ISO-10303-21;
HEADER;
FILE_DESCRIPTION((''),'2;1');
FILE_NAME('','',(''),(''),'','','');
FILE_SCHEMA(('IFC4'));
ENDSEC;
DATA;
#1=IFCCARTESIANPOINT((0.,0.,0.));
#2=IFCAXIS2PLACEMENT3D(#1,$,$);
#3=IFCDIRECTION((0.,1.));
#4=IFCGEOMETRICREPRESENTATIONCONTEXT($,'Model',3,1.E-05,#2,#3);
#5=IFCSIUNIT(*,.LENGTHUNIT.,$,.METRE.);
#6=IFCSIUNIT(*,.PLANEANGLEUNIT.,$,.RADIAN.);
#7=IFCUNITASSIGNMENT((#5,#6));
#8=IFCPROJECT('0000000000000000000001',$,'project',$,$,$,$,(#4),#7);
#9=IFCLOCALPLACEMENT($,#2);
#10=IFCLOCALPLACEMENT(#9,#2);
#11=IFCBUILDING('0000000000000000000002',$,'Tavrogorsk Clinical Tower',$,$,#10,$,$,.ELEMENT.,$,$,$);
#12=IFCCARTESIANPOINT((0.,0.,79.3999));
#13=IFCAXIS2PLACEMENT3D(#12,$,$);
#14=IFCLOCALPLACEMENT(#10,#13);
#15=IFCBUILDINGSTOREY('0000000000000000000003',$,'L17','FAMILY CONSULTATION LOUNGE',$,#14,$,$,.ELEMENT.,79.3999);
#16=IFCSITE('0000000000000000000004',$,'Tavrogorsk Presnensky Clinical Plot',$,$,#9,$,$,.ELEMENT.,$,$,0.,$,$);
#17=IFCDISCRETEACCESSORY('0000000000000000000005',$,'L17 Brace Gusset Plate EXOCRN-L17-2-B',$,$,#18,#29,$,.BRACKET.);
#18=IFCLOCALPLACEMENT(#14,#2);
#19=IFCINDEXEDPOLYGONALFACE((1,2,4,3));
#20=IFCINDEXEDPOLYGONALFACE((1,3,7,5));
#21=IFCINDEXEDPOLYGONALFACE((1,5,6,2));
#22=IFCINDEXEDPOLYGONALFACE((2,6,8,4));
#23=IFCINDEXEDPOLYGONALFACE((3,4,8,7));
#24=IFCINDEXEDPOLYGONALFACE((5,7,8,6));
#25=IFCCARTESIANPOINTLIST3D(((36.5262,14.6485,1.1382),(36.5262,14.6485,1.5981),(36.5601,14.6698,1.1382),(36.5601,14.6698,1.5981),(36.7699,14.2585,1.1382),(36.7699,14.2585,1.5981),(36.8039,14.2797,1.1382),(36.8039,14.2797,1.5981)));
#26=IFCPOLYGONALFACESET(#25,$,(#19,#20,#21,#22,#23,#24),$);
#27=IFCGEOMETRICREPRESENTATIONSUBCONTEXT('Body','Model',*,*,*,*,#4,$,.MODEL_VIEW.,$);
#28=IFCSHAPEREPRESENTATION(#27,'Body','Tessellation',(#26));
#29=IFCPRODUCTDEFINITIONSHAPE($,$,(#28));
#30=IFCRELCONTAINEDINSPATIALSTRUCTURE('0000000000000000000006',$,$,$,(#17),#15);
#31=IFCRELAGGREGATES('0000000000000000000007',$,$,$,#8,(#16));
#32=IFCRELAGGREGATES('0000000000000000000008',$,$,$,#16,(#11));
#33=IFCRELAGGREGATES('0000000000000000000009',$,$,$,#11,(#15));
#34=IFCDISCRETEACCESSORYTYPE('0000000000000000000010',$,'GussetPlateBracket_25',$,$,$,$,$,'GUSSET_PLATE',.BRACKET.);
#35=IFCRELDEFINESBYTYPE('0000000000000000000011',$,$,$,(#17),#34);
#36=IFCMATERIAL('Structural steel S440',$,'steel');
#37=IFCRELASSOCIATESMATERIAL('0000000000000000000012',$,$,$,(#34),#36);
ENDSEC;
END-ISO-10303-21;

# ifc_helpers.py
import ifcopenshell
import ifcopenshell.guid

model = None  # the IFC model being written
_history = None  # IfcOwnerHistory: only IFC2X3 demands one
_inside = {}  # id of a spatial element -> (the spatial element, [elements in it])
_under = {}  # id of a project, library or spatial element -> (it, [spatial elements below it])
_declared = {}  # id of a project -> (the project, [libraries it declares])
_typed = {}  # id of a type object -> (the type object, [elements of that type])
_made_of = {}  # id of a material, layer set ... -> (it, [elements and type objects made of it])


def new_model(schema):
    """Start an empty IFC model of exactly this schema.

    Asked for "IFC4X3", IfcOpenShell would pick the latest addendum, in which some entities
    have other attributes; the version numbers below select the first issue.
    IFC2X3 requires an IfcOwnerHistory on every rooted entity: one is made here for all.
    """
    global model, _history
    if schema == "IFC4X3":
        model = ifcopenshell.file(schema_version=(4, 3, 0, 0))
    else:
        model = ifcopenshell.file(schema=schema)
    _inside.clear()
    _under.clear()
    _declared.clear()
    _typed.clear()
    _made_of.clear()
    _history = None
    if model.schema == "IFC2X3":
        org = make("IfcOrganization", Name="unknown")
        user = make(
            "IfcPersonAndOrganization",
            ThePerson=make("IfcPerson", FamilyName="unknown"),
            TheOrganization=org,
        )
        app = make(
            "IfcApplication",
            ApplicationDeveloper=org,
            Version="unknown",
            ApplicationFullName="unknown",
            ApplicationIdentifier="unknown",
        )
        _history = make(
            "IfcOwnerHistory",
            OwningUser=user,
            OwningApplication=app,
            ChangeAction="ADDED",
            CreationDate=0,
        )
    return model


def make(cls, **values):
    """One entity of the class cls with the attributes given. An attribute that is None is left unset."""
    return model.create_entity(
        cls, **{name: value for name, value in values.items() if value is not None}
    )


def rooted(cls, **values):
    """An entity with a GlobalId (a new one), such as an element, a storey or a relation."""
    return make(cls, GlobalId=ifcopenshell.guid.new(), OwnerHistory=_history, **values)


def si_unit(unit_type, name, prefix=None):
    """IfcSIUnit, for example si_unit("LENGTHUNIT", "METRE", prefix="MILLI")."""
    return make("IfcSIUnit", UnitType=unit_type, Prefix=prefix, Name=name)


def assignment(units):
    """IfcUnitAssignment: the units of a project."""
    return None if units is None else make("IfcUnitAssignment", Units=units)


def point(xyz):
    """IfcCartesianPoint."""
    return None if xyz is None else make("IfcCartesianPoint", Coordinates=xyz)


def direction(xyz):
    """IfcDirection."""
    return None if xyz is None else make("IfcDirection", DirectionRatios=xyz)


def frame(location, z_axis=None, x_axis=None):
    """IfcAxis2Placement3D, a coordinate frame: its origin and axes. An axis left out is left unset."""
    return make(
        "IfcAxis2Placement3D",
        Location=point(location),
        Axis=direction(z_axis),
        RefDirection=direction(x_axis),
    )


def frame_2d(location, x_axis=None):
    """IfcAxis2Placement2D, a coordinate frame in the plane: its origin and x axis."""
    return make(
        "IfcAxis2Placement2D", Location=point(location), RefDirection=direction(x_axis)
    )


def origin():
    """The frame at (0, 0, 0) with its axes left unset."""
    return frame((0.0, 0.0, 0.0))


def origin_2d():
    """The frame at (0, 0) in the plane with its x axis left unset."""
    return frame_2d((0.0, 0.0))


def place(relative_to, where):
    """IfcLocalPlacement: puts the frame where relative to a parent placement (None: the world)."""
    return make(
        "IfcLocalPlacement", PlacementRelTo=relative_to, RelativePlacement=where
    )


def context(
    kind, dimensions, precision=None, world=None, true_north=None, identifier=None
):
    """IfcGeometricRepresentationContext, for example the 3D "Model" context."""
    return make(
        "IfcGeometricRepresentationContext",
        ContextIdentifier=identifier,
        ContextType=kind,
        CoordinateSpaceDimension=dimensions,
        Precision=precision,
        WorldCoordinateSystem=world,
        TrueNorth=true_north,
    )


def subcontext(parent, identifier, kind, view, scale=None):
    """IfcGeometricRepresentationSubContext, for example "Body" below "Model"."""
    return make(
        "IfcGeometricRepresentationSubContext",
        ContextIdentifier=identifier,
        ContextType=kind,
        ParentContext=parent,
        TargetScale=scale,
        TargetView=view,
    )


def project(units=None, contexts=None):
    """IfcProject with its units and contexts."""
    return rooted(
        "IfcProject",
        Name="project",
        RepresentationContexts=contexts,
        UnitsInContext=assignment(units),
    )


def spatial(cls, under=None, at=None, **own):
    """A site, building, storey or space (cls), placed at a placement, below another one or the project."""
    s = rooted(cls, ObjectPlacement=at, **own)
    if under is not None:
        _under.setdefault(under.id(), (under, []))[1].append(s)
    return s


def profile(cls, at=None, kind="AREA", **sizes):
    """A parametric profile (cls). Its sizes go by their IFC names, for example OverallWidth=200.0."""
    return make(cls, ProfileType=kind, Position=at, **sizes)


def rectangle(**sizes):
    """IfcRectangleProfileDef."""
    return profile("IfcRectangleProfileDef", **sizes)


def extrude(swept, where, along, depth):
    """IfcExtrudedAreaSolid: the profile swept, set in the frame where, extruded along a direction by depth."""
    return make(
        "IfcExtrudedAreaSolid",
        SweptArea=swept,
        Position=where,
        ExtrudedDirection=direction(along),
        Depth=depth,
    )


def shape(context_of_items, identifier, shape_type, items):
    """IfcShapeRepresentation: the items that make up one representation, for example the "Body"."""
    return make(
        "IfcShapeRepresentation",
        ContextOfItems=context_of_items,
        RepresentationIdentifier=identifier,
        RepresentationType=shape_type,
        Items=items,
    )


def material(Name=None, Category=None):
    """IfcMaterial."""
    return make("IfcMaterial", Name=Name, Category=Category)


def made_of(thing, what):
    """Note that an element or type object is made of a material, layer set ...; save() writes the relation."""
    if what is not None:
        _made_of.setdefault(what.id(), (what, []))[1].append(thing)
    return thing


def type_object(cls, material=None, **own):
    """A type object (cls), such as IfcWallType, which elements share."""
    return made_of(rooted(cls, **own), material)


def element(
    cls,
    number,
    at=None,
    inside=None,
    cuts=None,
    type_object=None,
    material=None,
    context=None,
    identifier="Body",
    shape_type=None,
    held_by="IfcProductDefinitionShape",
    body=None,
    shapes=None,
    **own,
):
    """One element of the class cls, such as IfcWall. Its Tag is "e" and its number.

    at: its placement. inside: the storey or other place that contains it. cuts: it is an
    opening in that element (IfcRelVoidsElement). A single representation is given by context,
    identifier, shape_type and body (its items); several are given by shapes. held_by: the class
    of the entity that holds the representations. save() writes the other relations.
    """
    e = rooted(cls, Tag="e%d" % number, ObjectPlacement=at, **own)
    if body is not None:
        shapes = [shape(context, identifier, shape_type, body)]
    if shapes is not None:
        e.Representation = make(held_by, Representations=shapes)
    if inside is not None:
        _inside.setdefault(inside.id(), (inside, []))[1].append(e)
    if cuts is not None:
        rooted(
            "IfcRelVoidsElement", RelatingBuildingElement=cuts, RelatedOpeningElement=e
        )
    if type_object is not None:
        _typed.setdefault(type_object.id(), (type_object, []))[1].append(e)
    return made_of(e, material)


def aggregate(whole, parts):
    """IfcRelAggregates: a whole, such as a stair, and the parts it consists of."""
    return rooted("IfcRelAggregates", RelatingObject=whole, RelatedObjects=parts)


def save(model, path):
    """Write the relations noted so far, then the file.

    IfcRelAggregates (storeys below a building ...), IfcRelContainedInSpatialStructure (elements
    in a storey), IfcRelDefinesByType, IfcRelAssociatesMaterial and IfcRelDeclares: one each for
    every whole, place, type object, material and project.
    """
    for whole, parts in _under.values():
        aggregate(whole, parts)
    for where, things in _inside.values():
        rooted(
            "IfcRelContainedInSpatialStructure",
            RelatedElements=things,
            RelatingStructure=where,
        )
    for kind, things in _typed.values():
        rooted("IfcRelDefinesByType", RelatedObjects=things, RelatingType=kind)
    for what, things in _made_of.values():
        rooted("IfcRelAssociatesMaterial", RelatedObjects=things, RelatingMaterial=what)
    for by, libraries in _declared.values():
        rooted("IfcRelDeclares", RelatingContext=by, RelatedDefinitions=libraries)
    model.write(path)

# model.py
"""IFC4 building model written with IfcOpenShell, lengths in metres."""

from ifc_helpers import new_model, si_unit, direction, frame, origin, origin_2d, place, context, subcontext, project, spatial, rectangle, extrude, material, type_object, element, save


model = new_model("IFC4")

# Units and contexts
model_context = context("Model", 3, precision=1e-05, world=origin(), true_north=direction((0.0, 1.0)))
body_context = subcontext(model_context, "Body", "Model", "MODEL_VIEW")
ifc_project = project(units=[si_unit("LENGTHUNIT", "METRE"), si_unit("PLANEANGLEUNIT", "RADIAN")], contexts=[model_context])

# Site, building, storey
site_placement = place(None, origin())
site = spatial("IfcSite", under=ifc_project, at=site_placement, Name="Tavrogorsk Presnensky Clinical Plot", CompositionType="ELEMENT", RefElevation=0.0)
building_placement = place(site_placement, origin())
building = spatial("IfcBuilding", under=site, at=building_placement, Name="Tavrogorsk Clinical Tower", CompositionType="ELEMENT")
storey_placement = place(building_placement, frame((0.0, 0.0, 79.3999)))
storey = spatial("IfcBuildingStorey", under=building, at=storey_placement, Name="L17", Description="FAMILY CONSULTATION LOUNGE", CompositionType="ELEMENT", Elevation=79.3999)

# Discrete accessory
ifc_material_1 = material(Name="Structural steel S440", Category="steel")
discrete_accessory_type = type_object("IfcDiscreteAccessoryType", Name="GussetPlateBracket_25", ElementType="GUSSET_PLATE", PredefinedType="BRACKET", material=ifc_material_1)
for number, where, z_axis, x_axis, name in (
    (1, (36.665, 14.4641, 1.1382), (0.0, 0.0, 1.0), (-0.529919, 0.848048, 0.0), "L17 Brace Gusset Plate EXOCRN-L17-2-B"),
):
    element("IfcDiscreteAccessory", number, at=place(storey_placement, frame(where, z_axis=z_axis, x_axis=x_axis)), inside=storey, type_object=discrete_accessory_type, Name=name, PredefinedType="BRACKET", context=body_context, shape_type="SweptSolid", body=[
        extrude(rectangle(XDim=0.46, YDim=0.04, at=origin_2d()), origin(), (0.0, 0.0, 1.0), 0.46),
    ])

save(model, "model.ifc")
